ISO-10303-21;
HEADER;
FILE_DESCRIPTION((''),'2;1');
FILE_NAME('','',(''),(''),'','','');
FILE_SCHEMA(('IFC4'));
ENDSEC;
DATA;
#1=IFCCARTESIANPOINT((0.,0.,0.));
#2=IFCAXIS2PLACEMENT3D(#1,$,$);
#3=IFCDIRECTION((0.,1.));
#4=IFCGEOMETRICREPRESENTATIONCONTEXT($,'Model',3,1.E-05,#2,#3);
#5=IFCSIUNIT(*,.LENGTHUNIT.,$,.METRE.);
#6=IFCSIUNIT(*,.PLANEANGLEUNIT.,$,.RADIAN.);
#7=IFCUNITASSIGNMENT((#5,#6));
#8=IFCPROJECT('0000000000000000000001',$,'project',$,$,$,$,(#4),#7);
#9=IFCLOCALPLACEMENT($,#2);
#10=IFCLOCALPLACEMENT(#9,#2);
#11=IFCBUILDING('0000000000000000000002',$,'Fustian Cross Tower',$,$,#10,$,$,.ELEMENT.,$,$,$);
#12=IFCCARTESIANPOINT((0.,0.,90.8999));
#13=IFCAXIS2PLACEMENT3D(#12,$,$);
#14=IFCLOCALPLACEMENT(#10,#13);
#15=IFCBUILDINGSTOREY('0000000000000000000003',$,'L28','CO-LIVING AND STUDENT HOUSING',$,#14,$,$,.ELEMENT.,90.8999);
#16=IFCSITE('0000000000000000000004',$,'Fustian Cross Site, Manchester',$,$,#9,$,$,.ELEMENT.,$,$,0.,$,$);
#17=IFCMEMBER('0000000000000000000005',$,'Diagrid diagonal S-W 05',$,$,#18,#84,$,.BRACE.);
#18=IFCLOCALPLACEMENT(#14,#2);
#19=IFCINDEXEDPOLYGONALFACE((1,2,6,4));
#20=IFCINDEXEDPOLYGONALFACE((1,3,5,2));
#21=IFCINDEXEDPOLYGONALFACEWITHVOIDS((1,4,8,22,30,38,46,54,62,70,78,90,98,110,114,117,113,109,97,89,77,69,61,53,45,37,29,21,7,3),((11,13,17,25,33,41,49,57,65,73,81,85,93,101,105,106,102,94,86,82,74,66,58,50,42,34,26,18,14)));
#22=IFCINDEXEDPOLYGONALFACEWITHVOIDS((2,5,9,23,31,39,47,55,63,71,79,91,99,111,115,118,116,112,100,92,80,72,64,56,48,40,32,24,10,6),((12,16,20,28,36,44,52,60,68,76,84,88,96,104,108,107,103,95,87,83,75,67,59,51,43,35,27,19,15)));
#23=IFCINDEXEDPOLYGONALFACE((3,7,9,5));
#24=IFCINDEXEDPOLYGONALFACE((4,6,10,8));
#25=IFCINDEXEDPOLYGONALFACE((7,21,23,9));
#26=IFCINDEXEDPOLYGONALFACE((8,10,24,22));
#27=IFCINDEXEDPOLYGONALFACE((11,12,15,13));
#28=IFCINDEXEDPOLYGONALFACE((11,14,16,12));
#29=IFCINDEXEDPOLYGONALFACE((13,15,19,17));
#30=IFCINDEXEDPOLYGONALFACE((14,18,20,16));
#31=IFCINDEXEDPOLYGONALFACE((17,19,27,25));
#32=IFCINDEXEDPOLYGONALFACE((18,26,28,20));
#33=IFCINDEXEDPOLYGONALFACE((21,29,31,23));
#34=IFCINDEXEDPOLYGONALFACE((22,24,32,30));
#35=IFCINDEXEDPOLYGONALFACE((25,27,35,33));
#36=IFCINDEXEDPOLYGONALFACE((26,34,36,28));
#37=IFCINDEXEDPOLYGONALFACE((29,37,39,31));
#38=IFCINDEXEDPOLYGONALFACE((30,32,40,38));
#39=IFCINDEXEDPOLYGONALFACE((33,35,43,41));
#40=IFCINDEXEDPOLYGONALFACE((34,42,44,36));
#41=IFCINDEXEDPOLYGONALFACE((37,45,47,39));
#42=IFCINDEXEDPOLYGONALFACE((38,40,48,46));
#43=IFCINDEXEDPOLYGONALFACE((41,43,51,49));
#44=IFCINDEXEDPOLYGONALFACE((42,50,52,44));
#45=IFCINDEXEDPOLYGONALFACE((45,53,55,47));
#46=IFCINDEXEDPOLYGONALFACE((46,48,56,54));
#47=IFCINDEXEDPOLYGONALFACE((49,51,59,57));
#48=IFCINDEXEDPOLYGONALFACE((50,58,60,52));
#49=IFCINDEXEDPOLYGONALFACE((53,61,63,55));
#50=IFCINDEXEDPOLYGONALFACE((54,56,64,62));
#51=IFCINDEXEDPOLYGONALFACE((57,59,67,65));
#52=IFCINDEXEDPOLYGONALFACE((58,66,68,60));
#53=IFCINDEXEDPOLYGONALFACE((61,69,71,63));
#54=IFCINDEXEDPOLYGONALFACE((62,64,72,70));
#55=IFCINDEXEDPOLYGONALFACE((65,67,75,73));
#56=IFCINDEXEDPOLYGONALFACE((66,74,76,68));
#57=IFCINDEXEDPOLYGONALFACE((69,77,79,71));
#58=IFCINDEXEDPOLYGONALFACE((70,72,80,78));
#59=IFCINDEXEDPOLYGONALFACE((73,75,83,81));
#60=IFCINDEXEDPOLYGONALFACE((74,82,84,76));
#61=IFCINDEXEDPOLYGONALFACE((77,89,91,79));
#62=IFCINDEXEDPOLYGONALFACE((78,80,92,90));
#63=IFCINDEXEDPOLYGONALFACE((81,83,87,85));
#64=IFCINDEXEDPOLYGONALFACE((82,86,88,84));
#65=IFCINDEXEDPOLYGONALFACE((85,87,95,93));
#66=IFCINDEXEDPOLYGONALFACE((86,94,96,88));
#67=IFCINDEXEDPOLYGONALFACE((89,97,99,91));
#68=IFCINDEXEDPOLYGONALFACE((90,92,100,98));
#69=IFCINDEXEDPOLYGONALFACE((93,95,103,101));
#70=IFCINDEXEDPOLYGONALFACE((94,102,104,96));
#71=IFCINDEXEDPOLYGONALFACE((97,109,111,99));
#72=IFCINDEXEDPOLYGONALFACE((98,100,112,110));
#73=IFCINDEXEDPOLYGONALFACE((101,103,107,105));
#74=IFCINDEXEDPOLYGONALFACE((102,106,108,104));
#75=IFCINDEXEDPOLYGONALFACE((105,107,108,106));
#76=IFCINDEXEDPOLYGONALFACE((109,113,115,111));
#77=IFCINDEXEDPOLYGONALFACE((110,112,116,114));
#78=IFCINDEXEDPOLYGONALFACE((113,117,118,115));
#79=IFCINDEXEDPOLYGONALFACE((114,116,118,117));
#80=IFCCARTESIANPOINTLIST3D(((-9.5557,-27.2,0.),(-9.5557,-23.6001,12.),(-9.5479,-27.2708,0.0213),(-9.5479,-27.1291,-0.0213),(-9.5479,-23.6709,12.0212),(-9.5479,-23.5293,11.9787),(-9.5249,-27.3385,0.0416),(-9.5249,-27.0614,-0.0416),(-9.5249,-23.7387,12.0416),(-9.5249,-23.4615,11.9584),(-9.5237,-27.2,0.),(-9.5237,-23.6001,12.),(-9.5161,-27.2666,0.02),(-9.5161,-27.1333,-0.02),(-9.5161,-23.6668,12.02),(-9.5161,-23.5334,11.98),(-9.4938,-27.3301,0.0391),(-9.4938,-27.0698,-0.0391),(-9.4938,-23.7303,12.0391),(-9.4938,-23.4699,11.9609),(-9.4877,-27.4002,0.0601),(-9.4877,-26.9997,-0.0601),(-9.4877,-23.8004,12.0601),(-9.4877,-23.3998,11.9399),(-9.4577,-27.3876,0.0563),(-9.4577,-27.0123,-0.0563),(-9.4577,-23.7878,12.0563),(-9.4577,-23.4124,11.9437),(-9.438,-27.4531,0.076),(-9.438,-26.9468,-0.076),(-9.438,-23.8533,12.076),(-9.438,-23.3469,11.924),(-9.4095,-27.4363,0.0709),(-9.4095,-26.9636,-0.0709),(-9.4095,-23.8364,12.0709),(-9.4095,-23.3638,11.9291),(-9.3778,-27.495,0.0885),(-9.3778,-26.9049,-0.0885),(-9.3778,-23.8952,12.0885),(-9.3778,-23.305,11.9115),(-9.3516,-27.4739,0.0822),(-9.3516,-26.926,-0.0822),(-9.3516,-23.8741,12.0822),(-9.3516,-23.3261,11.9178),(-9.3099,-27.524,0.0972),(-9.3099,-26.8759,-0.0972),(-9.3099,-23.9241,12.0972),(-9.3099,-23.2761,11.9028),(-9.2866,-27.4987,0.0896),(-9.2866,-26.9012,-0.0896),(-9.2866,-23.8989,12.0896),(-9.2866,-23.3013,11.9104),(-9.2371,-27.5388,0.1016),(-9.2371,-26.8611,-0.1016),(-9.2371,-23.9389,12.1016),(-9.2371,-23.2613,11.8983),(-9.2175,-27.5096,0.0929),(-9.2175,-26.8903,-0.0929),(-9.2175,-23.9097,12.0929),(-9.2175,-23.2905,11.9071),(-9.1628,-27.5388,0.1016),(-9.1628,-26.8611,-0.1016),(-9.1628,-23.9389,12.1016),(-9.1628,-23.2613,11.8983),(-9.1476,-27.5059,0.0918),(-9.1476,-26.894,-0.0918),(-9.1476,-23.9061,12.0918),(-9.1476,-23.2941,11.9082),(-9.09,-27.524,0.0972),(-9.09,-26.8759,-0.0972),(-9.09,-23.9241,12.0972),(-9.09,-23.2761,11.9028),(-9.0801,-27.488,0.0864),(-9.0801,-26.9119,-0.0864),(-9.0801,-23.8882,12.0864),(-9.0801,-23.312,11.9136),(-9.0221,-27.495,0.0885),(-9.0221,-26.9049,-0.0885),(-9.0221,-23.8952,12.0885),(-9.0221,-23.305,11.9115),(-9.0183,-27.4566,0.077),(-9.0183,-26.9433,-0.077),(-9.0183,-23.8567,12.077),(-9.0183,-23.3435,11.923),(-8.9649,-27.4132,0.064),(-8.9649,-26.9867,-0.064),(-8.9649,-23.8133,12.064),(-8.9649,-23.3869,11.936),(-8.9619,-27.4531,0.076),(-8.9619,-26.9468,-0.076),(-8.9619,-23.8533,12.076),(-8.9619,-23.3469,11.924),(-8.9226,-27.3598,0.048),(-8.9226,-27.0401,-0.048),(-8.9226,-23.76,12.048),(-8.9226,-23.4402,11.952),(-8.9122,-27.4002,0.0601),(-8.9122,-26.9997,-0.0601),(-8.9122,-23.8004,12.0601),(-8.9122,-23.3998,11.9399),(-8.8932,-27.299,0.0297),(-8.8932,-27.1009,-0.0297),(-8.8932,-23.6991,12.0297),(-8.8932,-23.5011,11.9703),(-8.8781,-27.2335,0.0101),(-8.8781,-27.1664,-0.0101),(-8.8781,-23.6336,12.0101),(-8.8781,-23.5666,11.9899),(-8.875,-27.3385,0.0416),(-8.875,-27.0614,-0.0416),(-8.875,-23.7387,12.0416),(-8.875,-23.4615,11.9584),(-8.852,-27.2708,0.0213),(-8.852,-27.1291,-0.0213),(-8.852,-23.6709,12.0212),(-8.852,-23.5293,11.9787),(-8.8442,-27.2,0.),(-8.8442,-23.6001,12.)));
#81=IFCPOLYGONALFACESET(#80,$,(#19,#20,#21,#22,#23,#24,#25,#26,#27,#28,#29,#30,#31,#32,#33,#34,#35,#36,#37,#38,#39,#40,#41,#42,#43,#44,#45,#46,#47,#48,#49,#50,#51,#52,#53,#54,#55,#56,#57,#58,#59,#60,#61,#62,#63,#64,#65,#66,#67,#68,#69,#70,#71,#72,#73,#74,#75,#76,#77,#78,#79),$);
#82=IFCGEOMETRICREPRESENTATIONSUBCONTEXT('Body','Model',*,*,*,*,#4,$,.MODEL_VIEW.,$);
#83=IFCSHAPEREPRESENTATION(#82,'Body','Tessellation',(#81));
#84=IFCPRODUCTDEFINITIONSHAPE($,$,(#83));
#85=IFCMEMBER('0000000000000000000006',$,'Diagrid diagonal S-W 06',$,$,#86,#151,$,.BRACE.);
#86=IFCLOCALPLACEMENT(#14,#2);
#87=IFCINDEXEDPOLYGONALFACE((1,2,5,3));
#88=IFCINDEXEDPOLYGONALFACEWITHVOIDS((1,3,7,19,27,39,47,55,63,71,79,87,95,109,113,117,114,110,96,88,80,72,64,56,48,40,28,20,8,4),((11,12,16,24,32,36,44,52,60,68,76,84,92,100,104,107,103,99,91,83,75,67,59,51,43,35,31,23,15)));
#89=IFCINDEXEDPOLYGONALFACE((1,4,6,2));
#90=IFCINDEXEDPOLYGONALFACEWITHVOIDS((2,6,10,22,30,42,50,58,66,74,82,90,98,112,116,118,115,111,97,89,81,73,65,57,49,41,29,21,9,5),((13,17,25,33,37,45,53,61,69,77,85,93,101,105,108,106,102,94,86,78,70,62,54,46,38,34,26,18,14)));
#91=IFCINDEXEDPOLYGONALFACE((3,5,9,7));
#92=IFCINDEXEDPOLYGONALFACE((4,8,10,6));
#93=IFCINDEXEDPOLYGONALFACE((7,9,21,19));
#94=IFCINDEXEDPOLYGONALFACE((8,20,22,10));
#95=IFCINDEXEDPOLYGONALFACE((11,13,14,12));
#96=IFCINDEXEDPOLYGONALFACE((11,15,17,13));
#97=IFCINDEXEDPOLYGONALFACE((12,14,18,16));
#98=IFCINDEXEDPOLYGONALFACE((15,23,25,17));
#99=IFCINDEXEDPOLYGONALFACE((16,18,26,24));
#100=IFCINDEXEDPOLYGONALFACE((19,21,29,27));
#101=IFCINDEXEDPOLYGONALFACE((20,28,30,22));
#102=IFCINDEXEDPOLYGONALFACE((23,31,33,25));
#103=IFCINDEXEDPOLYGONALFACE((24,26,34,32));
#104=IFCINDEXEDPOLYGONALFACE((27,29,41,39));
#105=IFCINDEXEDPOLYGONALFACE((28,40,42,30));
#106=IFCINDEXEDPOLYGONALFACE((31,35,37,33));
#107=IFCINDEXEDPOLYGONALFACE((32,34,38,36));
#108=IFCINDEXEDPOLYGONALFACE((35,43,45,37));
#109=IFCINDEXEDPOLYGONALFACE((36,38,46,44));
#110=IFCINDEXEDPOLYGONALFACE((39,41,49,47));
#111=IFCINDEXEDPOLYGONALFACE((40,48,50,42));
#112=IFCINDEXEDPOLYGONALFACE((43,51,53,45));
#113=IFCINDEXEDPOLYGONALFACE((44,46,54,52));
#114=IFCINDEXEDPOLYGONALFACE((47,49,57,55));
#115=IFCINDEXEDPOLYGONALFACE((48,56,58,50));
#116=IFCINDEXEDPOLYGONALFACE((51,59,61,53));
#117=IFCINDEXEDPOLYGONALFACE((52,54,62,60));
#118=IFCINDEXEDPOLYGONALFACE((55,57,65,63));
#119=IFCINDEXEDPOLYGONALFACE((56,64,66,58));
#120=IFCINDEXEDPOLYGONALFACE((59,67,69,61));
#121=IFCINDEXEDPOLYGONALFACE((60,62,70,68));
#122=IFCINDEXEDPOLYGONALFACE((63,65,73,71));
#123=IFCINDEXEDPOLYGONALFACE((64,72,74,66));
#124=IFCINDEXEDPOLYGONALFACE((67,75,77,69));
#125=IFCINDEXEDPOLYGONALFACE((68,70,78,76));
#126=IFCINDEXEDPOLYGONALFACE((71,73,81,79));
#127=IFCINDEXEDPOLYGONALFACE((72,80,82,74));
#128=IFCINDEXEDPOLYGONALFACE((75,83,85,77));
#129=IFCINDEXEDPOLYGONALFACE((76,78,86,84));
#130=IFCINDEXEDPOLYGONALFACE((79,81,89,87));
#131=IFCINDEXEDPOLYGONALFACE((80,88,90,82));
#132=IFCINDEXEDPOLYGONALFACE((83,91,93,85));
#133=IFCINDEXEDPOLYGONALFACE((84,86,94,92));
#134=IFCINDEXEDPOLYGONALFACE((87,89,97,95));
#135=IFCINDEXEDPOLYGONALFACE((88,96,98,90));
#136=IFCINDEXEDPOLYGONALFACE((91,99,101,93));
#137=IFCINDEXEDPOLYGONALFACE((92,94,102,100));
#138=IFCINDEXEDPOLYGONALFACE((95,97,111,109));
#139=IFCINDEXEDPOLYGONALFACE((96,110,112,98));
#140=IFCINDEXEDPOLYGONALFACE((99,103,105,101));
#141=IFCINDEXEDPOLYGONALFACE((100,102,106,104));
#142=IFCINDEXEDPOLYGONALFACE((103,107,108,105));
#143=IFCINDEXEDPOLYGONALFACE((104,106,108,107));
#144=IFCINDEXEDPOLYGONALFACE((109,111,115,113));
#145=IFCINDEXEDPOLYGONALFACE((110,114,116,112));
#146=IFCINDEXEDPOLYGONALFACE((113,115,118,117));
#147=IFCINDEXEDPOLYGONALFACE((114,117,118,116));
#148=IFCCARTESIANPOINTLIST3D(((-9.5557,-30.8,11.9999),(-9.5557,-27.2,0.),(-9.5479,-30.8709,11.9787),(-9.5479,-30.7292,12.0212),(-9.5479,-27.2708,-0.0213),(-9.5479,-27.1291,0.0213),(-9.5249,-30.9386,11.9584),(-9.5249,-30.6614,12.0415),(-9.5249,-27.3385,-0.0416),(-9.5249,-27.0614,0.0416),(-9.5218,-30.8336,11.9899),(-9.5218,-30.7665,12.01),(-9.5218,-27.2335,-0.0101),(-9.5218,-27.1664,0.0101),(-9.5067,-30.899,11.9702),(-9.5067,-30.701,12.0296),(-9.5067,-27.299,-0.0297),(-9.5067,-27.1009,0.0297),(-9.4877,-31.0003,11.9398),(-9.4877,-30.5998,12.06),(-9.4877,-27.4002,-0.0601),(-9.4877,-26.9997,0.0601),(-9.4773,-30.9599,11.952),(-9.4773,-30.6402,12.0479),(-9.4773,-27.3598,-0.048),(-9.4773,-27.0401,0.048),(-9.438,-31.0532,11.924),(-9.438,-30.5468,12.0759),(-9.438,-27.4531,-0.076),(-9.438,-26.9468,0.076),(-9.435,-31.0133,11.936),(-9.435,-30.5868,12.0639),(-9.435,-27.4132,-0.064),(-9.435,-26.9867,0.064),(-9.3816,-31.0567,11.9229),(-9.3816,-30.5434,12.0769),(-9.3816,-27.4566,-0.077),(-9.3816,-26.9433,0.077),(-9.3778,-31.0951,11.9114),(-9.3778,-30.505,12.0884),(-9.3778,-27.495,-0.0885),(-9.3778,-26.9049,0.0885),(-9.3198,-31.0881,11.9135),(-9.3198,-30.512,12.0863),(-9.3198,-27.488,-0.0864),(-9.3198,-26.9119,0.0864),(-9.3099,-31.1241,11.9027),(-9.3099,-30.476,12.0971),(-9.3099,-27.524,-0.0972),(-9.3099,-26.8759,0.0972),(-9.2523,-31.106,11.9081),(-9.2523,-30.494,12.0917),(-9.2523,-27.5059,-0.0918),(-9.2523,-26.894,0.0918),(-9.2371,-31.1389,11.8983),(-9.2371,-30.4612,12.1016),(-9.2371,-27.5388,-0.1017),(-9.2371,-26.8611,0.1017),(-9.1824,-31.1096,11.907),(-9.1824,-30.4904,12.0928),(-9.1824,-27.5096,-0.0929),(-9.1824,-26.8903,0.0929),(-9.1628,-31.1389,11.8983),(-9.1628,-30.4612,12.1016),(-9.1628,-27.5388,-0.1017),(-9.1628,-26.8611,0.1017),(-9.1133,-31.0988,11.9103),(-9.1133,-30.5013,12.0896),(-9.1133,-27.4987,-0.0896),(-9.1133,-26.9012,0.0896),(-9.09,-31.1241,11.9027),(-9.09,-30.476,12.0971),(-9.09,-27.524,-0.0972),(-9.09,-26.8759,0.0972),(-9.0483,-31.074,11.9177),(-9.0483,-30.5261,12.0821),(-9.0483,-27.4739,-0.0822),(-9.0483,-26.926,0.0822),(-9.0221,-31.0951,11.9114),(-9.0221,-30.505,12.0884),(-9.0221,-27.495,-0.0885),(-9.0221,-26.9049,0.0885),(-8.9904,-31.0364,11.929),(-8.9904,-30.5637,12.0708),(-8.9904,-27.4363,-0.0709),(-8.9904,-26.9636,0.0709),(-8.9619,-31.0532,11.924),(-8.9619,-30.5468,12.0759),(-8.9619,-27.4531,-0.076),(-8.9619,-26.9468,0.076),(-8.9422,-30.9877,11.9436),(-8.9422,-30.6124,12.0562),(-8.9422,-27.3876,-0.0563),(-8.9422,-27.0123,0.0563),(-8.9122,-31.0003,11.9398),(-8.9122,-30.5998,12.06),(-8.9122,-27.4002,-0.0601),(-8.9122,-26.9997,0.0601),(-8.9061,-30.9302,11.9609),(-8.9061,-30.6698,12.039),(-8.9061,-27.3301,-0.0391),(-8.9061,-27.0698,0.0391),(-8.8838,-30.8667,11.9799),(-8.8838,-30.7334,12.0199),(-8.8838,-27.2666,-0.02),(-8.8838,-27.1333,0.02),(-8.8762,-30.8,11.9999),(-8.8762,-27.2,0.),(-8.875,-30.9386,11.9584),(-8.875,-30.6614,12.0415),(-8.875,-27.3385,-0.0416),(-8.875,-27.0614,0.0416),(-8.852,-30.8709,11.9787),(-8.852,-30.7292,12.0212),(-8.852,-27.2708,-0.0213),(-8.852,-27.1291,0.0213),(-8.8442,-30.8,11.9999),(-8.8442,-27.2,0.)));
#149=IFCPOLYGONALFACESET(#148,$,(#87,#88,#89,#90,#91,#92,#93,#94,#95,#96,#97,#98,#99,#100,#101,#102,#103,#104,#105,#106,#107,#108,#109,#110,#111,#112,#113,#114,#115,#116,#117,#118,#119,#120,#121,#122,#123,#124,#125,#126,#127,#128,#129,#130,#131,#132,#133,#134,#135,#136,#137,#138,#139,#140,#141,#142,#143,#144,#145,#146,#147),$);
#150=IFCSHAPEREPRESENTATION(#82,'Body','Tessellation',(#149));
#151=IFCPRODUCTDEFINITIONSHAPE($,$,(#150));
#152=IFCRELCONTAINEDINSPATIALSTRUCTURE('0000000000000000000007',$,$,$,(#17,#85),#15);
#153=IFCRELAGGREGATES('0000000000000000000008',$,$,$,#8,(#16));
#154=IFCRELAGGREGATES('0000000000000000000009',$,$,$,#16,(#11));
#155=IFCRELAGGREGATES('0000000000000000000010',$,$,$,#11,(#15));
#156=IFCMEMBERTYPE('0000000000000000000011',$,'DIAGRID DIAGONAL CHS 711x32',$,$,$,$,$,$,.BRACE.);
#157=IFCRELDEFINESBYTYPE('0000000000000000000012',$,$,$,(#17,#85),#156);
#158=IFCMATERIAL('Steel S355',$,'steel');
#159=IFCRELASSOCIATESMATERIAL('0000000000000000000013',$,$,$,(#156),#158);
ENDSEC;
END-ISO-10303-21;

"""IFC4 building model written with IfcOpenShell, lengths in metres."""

from ifc_helpers import new_model, si_unit, direction, frame, origin, origin_2d, place, context, subcontext, project, spatial, hollow_circle, extrude, material, material_profile, profile_set, type_object, element, save


model = new_model("IFC4")

# Units and contexts
model_context = context("Model", 3, precision=1e-05, world=origin(), true_north=direction((0.0, 1.0)))
body_context = subcontext(model_context, "Body", "Model", "MODEL_VIEW")
ifc_project = project(units=[si_unit("LENGTHUNIT", "METRE"), si_unit("PLANEANGLEUNIT", "RADIAN")], contexts=[model_context])

# Site, building, storey
site_placement = place(None, origin())
site = spatial("IfcSite", under=ifc_project, at=site_placement, Name="Fustian Cross Site, Manchester", CompositionType="ELEMENT", RefElevation=0.0)
building_placement = place(site_placement, origin())
building = spatial("IfcBuilding", under=site, at=building_placement, Name="Fustian Cross Tower", CompositionType="ELEMENT")
storey_placement = place(building_placement, frame((0.0, 0.0, 90.8999)))
storey = spatial("IfcBuildingStorey", under=building, at=storey_placement, Name="L28", Description="CO-LIVING AND STUDENT HOUSING", CompositionType="ELEMENT", Elevation=90.8999)

# Members
ifc_material_1 = material(Name="Steel S355", Category="steel")
ifc_material_profile_1 = material_profile(ifc_material_1, hollow_circle(Radius=0.3557, WallThickness=0.032, at=origin_2d()), Name="CHS 711x32")
ifc_profile_set_1 = profile_set([ifc_material_profile_1], Name="Steel S355")
member_type_1 = type_object("IfcMemberType", Name="DIAGRID DIAGONAL CHS 711x32", PredefinedType="BRACE", material=ifc_profile_set_1)
for number, where, z_axis, x_axis, name in (
    (1, (-9.2, -27.2, 0.0), (0.0, 0.287337, 0.95783), (-1.0, 0.0, 0.0), "Diagrid diagonal S-W 05"),
    (2, (-9.2, -27.2, 0.0), (0.0, -0.287355, 0.957824), (1.0, 0.0, 0.0), "Diagrid diagonal S-W 06"),
):
    element("IfcMember", number, at=place(storey_placement, frame(where, z_axis=z_axis, x_axis=x_axis)), inside=storey, type_object=member_type_1, Name=name, PredefinedType="BRACE", context=body_context, shape_type="SweptSolid", body=[
        extrude(hollow_circle(Radius=0.3557, WallThickness=0.032, at=origin_2d()), origin(), (0.0, 0.0, 1.0), 12.5283),
    ])

save(model, "model.ifc")
